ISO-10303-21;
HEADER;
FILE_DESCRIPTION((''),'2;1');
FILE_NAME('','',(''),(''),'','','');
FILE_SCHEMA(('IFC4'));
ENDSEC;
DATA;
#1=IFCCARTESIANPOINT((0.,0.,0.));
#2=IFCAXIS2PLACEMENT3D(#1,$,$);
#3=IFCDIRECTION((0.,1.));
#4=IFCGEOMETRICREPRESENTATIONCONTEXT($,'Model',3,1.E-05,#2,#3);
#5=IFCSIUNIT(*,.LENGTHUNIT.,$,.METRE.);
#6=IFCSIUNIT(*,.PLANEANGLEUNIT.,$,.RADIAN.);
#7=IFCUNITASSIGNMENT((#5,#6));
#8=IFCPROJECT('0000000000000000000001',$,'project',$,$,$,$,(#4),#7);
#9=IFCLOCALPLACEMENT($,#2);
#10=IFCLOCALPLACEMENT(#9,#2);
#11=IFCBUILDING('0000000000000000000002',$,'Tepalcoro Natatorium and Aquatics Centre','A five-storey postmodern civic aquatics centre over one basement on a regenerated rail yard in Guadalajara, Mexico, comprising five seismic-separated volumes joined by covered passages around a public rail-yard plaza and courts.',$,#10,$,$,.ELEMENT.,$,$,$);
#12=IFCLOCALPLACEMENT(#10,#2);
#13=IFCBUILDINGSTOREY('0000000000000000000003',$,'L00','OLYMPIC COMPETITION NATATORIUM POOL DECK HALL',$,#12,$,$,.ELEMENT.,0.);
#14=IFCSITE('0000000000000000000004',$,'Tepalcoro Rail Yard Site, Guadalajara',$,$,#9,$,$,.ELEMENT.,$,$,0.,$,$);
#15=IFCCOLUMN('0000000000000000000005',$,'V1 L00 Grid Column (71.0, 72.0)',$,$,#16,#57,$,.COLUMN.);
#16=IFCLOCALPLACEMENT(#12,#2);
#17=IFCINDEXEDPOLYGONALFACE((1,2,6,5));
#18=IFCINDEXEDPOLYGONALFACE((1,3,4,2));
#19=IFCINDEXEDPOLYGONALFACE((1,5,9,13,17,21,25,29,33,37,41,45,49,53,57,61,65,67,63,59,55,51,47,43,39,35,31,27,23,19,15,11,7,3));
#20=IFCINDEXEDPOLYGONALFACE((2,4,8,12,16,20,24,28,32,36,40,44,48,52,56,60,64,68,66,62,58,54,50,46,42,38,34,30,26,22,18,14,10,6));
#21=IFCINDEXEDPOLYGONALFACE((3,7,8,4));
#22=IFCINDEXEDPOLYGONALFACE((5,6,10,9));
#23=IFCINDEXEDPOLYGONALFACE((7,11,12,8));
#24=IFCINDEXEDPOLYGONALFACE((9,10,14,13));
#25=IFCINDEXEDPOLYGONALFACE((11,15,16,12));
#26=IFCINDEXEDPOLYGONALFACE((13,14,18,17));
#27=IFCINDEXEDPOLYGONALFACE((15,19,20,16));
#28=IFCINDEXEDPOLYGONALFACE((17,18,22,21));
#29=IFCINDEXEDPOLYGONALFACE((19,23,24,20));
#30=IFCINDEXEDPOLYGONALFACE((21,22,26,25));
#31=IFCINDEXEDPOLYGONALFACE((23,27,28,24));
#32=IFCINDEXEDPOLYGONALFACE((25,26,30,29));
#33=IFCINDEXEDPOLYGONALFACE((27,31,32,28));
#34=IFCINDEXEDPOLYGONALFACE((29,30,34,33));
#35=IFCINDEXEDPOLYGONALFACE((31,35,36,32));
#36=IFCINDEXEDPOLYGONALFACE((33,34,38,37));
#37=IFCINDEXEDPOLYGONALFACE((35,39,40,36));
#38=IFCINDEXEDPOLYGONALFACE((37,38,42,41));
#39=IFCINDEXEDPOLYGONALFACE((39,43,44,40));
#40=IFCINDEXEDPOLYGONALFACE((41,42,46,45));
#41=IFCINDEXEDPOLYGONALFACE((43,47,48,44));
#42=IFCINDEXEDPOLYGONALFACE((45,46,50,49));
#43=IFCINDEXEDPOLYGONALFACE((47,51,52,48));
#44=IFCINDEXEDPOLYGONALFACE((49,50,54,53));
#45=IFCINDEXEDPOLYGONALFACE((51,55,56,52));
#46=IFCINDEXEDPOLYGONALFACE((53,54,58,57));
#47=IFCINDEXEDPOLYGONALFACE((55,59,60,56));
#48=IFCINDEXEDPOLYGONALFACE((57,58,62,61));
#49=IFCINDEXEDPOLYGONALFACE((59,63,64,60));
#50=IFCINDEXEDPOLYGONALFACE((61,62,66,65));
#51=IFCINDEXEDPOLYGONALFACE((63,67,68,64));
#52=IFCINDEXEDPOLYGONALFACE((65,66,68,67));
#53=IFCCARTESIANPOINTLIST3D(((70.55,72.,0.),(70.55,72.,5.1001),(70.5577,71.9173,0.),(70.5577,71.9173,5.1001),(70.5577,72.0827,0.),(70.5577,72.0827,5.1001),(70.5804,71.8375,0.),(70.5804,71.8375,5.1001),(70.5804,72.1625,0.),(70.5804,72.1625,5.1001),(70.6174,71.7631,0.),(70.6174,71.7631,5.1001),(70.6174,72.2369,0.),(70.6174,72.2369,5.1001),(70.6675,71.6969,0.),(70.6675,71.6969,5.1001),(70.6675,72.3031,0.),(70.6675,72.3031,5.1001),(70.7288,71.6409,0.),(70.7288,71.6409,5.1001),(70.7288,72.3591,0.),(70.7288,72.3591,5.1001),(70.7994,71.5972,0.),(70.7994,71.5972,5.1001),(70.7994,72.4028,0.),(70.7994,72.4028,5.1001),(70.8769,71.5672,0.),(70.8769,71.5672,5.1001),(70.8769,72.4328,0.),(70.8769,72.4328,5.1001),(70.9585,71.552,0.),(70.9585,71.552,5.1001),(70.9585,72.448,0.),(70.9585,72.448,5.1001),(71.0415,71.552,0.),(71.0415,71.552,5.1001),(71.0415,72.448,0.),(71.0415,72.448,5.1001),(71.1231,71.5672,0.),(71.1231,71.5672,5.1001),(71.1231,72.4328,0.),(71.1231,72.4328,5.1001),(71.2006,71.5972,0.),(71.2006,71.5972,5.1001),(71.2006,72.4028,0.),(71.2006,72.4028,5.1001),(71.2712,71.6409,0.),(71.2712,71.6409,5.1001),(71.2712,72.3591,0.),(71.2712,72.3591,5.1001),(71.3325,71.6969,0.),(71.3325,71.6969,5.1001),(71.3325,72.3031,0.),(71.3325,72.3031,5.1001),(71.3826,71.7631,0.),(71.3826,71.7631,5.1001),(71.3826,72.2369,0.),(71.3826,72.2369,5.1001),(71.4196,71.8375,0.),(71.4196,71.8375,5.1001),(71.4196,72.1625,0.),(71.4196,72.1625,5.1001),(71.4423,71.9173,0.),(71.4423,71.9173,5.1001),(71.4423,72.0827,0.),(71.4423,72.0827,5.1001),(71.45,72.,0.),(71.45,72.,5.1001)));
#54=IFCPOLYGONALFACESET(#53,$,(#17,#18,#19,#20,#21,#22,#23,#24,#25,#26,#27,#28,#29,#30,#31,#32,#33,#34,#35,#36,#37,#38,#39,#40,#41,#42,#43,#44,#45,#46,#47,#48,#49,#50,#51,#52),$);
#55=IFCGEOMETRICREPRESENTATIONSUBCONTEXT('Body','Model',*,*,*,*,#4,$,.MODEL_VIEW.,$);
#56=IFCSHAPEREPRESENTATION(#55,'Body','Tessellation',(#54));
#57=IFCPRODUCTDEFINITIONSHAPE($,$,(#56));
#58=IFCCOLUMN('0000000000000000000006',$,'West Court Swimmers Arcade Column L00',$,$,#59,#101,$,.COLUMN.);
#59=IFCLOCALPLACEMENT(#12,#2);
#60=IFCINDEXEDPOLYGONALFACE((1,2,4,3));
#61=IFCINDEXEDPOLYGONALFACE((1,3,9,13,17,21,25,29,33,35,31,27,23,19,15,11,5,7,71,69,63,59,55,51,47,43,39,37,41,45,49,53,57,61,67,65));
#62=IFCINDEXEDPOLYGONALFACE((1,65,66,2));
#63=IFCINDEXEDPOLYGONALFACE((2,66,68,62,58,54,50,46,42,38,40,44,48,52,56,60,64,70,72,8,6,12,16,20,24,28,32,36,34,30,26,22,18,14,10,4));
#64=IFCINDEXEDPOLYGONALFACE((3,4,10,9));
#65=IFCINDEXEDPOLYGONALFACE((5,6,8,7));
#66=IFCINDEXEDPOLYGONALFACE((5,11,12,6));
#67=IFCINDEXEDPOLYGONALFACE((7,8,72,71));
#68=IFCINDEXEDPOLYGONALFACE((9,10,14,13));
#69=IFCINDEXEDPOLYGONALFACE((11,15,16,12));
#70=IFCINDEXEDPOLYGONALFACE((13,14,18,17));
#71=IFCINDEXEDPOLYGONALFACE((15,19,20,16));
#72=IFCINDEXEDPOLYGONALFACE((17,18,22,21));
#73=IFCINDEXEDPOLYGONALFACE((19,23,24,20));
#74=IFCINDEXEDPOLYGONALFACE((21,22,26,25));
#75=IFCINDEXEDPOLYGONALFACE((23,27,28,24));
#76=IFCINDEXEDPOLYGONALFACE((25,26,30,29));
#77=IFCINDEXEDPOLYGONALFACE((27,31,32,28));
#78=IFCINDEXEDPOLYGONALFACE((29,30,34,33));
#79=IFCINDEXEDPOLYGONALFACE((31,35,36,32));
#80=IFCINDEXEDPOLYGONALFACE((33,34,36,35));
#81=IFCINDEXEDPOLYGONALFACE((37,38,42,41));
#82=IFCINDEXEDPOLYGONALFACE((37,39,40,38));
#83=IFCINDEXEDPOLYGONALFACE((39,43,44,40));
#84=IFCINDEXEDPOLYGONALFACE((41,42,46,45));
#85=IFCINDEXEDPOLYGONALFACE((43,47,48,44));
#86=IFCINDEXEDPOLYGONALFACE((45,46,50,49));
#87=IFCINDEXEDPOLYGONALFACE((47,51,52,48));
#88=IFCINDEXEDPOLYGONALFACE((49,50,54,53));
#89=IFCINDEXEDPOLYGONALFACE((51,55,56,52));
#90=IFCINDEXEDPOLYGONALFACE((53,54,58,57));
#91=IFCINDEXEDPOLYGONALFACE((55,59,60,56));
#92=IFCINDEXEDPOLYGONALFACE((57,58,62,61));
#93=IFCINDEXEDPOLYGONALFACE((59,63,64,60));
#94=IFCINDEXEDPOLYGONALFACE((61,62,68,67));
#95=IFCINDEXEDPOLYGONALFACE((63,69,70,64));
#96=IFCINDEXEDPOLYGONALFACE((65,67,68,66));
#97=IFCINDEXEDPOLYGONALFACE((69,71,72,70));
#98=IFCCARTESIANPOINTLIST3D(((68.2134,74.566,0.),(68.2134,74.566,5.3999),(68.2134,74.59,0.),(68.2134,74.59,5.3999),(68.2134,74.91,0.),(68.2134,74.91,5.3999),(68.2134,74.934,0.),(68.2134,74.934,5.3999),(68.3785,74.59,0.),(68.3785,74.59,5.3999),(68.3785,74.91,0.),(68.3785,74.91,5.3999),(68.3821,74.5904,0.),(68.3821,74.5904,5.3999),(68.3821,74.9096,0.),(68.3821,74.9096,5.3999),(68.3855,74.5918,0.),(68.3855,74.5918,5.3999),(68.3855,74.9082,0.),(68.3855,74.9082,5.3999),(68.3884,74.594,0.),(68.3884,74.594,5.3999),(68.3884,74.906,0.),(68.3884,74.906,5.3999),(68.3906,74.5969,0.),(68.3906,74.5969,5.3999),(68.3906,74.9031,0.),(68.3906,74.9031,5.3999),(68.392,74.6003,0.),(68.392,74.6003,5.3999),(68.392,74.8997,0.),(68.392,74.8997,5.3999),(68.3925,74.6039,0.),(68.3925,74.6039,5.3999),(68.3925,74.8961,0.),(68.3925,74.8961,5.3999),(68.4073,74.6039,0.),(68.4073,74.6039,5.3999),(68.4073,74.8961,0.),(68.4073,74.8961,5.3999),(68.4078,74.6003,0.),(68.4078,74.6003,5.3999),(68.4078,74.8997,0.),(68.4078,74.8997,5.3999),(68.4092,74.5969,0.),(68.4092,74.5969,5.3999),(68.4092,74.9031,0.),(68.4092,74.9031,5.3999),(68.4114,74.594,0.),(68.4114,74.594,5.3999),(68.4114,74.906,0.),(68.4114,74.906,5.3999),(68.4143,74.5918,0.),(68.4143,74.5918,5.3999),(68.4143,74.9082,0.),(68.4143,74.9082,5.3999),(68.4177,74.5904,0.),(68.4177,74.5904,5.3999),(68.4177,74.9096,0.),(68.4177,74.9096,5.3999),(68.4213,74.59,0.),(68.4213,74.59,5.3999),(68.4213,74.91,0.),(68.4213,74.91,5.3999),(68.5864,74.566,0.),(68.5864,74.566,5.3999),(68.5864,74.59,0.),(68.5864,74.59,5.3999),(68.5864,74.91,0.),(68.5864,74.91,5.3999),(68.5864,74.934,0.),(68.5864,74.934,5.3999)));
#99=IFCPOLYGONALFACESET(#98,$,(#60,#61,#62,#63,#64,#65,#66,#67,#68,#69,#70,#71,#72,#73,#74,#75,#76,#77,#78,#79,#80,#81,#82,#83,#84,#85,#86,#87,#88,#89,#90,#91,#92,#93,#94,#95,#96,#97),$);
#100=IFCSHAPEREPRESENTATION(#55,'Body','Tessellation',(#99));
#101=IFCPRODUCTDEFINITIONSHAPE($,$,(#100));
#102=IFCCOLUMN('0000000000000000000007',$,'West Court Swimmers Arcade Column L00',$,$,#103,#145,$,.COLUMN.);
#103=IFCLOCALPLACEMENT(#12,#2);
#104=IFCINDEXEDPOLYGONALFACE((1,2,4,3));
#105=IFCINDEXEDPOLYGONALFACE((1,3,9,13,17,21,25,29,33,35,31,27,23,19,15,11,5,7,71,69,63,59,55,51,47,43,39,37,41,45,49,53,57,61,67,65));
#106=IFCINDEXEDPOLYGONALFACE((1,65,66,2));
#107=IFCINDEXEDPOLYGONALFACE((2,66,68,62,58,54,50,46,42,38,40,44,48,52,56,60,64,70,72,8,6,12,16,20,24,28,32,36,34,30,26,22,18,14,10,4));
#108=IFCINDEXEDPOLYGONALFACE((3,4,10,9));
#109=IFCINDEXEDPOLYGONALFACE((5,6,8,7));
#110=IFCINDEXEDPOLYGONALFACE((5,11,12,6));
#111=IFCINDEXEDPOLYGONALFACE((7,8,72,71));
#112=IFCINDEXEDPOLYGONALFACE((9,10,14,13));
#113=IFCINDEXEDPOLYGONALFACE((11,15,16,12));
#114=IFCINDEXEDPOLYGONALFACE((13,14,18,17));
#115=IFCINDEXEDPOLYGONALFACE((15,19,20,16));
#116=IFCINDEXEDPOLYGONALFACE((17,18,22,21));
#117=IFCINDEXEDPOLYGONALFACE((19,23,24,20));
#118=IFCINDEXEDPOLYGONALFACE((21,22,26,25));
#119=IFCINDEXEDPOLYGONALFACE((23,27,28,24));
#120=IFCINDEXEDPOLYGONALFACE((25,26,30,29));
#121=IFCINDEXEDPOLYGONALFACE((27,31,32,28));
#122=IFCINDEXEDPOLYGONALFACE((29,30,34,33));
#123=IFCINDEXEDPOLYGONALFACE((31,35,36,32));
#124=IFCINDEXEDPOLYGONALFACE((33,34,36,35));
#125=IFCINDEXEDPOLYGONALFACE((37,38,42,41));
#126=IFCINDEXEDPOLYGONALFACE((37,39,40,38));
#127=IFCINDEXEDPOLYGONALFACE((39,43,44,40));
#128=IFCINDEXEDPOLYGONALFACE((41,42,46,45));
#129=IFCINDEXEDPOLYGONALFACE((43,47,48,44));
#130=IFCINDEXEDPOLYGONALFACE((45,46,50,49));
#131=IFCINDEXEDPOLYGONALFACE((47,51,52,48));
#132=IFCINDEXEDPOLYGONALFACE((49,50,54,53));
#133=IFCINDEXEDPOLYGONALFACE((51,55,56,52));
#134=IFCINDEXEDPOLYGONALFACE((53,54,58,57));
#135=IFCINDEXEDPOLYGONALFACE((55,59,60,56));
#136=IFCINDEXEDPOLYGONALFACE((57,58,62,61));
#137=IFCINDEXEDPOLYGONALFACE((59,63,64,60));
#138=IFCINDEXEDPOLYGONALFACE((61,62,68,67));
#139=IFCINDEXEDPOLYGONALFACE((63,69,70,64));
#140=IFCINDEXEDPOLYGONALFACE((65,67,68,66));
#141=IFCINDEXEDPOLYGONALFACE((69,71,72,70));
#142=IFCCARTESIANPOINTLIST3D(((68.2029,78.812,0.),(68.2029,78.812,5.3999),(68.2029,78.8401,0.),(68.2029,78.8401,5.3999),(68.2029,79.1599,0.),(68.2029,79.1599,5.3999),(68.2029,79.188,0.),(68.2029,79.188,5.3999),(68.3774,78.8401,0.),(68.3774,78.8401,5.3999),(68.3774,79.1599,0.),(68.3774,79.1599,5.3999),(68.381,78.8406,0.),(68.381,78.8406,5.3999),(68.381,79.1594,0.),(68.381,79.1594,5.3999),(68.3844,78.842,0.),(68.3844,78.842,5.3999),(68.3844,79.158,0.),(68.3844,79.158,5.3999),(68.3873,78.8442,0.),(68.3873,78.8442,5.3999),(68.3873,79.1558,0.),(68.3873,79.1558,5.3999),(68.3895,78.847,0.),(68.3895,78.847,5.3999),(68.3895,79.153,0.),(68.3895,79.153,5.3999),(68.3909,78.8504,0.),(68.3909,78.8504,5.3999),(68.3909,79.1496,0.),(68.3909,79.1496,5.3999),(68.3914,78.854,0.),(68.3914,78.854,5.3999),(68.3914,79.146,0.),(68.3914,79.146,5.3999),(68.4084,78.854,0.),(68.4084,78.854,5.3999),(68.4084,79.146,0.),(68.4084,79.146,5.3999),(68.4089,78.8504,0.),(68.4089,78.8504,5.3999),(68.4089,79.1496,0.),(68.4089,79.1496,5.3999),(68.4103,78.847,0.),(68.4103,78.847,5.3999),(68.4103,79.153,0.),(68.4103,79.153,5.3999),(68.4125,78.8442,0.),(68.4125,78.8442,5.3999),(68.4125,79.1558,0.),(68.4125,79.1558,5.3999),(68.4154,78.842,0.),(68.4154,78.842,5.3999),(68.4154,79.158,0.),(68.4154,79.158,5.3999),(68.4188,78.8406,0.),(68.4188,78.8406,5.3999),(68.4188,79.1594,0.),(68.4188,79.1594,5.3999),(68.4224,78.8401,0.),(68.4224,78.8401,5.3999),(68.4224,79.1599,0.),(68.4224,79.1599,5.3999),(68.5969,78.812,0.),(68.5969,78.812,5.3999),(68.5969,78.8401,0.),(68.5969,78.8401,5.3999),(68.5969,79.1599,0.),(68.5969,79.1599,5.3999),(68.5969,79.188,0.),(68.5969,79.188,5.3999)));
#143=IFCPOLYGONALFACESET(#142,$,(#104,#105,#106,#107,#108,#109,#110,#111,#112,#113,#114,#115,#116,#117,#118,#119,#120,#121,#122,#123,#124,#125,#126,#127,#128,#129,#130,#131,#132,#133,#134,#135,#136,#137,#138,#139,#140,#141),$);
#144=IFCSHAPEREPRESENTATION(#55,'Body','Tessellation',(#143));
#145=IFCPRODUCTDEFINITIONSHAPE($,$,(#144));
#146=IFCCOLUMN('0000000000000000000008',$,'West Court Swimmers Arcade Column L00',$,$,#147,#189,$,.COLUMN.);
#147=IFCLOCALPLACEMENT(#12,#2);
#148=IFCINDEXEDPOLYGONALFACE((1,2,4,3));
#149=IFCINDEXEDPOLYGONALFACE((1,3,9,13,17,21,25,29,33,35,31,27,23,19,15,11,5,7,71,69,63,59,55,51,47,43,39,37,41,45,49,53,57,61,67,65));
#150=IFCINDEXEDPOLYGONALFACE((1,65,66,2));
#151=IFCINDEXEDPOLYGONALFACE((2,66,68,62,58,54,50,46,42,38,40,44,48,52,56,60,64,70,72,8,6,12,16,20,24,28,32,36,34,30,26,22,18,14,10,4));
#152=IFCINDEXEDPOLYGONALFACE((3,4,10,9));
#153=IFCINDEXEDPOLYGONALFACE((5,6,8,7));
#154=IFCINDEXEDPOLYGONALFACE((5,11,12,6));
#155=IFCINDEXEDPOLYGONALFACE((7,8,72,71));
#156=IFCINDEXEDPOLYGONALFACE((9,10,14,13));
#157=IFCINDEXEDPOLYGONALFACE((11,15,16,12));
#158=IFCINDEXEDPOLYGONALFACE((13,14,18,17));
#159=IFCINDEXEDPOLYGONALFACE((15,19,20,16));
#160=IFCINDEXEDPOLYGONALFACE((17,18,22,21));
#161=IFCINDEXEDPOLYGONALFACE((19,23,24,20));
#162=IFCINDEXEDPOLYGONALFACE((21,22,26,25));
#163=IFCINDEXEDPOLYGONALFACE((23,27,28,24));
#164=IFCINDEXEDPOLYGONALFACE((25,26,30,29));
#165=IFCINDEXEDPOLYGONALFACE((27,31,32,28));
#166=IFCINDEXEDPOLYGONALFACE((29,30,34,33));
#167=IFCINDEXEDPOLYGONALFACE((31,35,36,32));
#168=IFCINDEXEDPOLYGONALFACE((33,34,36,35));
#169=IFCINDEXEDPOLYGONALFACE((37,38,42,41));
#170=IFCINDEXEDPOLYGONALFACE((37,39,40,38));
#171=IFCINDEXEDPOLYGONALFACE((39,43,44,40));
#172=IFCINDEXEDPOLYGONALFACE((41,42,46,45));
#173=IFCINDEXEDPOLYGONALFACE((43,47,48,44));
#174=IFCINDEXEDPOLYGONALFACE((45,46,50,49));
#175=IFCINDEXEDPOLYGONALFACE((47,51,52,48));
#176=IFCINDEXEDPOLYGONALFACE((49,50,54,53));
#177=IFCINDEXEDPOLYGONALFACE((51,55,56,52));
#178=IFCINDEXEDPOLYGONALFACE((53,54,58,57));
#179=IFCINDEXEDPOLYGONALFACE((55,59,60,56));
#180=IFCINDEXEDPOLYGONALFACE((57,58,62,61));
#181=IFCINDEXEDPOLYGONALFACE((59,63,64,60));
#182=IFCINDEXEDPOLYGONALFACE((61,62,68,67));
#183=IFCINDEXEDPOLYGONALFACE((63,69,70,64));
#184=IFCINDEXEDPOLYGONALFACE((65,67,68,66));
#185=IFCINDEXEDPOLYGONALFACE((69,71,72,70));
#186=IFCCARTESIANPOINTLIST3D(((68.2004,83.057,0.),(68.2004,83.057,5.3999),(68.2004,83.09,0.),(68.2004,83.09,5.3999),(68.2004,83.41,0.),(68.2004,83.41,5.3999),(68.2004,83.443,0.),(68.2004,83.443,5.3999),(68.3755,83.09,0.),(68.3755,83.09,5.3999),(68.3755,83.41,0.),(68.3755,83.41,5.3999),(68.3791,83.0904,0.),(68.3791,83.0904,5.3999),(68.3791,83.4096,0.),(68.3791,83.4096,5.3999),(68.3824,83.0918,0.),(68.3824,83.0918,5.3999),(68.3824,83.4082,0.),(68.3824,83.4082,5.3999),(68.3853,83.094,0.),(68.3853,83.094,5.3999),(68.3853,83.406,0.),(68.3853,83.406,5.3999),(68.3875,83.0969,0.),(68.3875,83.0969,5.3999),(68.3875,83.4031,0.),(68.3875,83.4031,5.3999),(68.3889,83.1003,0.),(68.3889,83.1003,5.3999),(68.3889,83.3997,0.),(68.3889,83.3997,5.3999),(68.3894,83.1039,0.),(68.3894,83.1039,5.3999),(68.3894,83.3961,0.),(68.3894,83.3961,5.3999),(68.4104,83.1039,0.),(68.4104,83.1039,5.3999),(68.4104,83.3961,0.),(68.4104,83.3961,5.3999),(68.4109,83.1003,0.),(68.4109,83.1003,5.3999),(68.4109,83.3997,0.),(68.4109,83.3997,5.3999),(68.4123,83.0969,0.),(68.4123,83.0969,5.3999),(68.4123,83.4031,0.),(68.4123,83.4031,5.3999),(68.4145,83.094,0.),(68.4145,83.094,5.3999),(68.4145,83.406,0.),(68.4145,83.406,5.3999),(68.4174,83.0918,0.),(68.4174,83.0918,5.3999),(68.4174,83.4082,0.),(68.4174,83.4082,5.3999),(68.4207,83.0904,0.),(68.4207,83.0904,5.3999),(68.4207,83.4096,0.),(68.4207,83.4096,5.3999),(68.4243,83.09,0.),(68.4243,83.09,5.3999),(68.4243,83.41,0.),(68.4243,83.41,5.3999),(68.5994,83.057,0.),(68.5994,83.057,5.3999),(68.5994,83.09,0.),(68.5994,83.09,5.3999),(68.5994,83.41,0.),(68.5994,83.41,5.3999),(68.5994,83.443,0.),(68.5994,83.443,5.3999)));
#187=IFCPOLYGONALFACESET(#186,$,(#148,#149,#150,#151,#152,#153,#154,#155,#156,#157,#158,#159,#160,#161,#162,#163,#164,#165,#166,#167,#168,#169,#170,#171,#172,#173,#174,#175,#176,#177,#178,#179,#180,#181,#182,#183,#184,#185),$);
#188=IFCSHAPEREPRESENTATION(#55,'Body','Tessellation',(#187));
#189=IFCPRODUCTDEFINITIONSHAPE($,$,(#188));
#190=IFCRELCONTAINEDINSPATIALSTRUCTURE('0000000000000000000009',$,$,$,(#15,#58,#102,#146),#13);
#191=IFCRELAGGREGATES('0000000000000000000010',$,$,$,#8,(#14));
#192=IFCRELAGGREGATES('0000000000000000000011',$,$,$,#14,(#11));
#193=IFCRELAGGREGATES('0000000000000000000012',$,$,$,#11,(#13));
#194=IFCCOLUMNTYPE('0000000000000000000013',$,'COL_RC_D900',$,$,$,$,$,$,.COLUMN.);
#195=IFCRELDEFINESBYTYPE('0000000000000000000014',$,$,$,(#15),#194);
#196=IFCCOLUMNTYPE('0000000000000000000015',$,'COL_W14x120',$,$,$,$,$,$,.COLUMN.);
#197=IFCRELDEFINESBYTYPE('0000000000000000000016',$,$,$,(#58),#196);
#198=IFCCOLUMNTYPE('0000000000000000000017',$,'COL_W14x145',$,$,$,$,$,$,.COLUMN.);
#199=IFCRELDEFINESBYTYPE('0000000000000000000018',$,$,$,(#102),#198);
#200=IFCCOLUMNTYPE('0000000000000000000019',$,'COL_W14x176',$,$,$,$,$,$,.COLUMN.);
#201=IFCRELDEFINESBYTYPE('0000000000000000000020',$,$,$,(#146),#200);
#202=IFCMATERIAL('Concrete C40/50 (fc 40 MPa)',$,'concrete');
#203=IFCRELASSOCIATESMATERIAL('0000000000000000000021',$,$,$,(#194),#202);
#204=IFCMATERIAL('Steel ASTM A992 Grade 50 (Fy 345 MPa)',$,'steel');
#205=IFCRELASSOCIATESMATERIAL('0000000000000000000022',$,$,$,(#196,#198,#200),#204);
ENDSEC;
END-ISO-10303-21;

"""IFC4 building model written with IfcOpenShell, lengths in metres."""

from ifc_helpers import new_model, si_unit, direction, frame, origin, origin_2d, place, context, subcontext, project, spatial, circle, i_section, extrude, material, material_profile, profile_set, type_object, element, save


model = new_model("IFC4")

# Units and contexts
model_context = context("Model", 3, precision=1e-05, world=origin(), true_north=direction((0.0, 1.0)))
body_context = subcontext(model_context, "Body", "Model", "MODEL_VIEW")
ifc_project = project(units=[si_unit("LENGTHUNIT", "METRE"), si_unit("PLANEANGLEUNIT", "RADIAN")], contexts=[model_context])

# Site, building, storey
site_placement = place(None, origin())
site = spatial("IfcSite", under=ifc_project, at=site_placement, Name="Tepalcoro Rail Yard Site, Guadalajara", CompositionType="ELEMENT", RefElevation=0.0)
building_placement = place(site_placement, origin())
building = spatial("IfcBuilding", under=site, at=building_placement, Name="Tepalcoro Natatorium and Aquatics Centre", Description="A five-storey postmodern civic aquatics centre over one basement on a regenerated rail yard in Guadalajara, Mexico, comprising five seismic-separated volumes joined by covered passages around a public rail-yard plaza and courts.", CompositionType="ELEMENT")
storey_placement = place(building_placement, origin())
storey = spatial("IfcBuildingStorey", under=building, at=storey_placement, Name="L00", Description="OLYMPIC COMPETITION NATATORIUM POOL DECK HALL", CompositionType="ELEMENT", Elevation=0.0)

# Columns
ifc_material_1 = material(Name="Concrete C40/50 (fc 40 MPa)", Category="concrete")
ifc_material_profile_1 = material_profile(ifc_material_1, circle(Radius=0.45, at=origin_2d()), Name="RCD900")
ifc_profile_set_1 = profile_set([ifc_material_profile_1], Name="Concrete C40/50 (fc 40 MPa)")
column_type_1 = type_object("IfcColumnType", Name="COL_RC_D900", PredefinedType="COLUMN", material=ifc_profile_set_1)
column_1_placement = place(storey_placement, frame((71.0, 72.0, 0.0), z_axis=(0.0, 0.0, 1.0), x_axis=(1.0, 0.0, 0.0)))
element("IfcColumn", 1, at=column_1_placement, inside=storey, type_object=column_type_1, Name="V1 L00 Grid Column (71.0, 72.0)", PredefinedType="COLUMN", context=body_context, shape_type="SweptSolid", body=[
    extrude(circle(Radius=0.45, at=origin_2d()), origin(), (0.0, 0.0, 1.0), 5.1001),
])
ifc_material_2 = material(Name="Steel ASTM A992 Grade 50 (Fy 345 MPa)", Category="steel")
ifc_material_profile_2 = material_profile(ifc_material_2, i_section(OverallWidth=0.373, OverallDepth=0.3679, WebThickness=0.0149, FlangeThickness=0.0239, FilletRadius=0.0139, at=origin_2d()), Name="W14X120")
ifc_profile_set_2 = profile_set([ifc_material_profile_2], Name="Steel ASTM A992 Grade 50 (Fy 345 MPa)")
column_type_2 = type_object("IfcColumnType", Name="COL_W14x120", PredefinedType="COLUMN", material=ifc_profile_set_2)
column_2_placement = place(storey_placement, frame((68.3999, 74.75, 0.0), z_axis=(0.0, 0.0, 1.0), x_axis=(1.0, 0.0, 0.0)))
element("IfcColumn", 2, at=column_2_placement, inside=storey, type_object=column_type_2, Name="West Court Swimmers Arcade Column L00", PredefinedType="COLUMN", context=body_context, shape_type="SweptSolid", body=[
    extrude(i_section(OverallWidth=0.373, OverallDepth=0.3679, WebThickness=0.0149, FlangeThickness=0.0239, FilletRadius=0.0139, at=origin_2d()), origin(), (0.0, 0.0, 1.0), 5.3999),
])
ifc_material_profile_3 = material_profile(ifc_material_2, i_section(OverallWidth=0.394, OverallDepth=0.376, WebThickness=0.0171, FlangeThickness=0.0281, FilletRadius=0.0139, at=origin_2d()), Name="W14X145")
ifc_profile_set_3 = profile_set([ifc_material_profile_3], Name="Steel ASTM A992 Grade 50 (Fy 345 MPa)")
column_type_3 = type_object("IfcColumnType", Name="COL_W14x145", PredefinedType="COLUMN", material=ifc_profile_set_3)
column_3_placement = place(storey_placement, frame((68.3999, 79.0, 0.0), z_axis=(0.0, 0.0, 1.0), x_axis=(1.0, 0.0, 0.0)))
element("IfcColumn", 3, at=column_3_placement, inside=storey, type_object=column_type_3, Name="West Court Swimmers Arcade Column L00", PredefinedType="COLUMN", context=body_context, shape_type="SweptSolid", body=[
    extrude(i_section(OverallWidth=0.394, OverallDepth=0.376, WebThickness=0.0171, FlangeThickness=0.0281, FilletRadius=0.0139, at=origin_2d()), origin(), (0.0, 0.0, 1.0), 5.3999),
])
ifc_material_profile_4 = material_profile(ifc_material_2, i_section(OverallWidth=0.3989, OverallDepth=0.386, WebThickness=0.021, FlangeThickness=0.033, FilletRadius=0.0139, at=origin_2d()), Name="W14X176")
ifc_profile_set_4 = profile_set([ifc_material_profile_4], Name="Steel ASTM A992 Grade 50 (Fy 345 MPa)")
column_type_4 = type_object("IfcColumnType", Name="COL_W14x176", PredefinedType="COLUMN", material=ifc_profile_set_4)
column_4_placement = place(storey_placement, frame((68.3999, 83.25, 0.0), z_axis=(0.0, 0.0, 1.0), x_axis=(1.0, 0.0, 0.0)))
element("IfcColumn", 4, at=column_4_placement, inside=storey, type_object=column_type_4, Name="West Court Swimmers Arcade Column L00", PredefinedType="COLUMN", context=body_context, shape_type="SweptSolid", body=[
    extrude(i_section(OverallWidth=0.3989, OverallDepth=0.386, WebThickness=0.021, FlangeThickness=0.033, FilletRadius=0.0139, at=origin_2d()), origin(), (0.0, 0.0, 1.0), 5.3999),
])

save(model, "model.ifc")
